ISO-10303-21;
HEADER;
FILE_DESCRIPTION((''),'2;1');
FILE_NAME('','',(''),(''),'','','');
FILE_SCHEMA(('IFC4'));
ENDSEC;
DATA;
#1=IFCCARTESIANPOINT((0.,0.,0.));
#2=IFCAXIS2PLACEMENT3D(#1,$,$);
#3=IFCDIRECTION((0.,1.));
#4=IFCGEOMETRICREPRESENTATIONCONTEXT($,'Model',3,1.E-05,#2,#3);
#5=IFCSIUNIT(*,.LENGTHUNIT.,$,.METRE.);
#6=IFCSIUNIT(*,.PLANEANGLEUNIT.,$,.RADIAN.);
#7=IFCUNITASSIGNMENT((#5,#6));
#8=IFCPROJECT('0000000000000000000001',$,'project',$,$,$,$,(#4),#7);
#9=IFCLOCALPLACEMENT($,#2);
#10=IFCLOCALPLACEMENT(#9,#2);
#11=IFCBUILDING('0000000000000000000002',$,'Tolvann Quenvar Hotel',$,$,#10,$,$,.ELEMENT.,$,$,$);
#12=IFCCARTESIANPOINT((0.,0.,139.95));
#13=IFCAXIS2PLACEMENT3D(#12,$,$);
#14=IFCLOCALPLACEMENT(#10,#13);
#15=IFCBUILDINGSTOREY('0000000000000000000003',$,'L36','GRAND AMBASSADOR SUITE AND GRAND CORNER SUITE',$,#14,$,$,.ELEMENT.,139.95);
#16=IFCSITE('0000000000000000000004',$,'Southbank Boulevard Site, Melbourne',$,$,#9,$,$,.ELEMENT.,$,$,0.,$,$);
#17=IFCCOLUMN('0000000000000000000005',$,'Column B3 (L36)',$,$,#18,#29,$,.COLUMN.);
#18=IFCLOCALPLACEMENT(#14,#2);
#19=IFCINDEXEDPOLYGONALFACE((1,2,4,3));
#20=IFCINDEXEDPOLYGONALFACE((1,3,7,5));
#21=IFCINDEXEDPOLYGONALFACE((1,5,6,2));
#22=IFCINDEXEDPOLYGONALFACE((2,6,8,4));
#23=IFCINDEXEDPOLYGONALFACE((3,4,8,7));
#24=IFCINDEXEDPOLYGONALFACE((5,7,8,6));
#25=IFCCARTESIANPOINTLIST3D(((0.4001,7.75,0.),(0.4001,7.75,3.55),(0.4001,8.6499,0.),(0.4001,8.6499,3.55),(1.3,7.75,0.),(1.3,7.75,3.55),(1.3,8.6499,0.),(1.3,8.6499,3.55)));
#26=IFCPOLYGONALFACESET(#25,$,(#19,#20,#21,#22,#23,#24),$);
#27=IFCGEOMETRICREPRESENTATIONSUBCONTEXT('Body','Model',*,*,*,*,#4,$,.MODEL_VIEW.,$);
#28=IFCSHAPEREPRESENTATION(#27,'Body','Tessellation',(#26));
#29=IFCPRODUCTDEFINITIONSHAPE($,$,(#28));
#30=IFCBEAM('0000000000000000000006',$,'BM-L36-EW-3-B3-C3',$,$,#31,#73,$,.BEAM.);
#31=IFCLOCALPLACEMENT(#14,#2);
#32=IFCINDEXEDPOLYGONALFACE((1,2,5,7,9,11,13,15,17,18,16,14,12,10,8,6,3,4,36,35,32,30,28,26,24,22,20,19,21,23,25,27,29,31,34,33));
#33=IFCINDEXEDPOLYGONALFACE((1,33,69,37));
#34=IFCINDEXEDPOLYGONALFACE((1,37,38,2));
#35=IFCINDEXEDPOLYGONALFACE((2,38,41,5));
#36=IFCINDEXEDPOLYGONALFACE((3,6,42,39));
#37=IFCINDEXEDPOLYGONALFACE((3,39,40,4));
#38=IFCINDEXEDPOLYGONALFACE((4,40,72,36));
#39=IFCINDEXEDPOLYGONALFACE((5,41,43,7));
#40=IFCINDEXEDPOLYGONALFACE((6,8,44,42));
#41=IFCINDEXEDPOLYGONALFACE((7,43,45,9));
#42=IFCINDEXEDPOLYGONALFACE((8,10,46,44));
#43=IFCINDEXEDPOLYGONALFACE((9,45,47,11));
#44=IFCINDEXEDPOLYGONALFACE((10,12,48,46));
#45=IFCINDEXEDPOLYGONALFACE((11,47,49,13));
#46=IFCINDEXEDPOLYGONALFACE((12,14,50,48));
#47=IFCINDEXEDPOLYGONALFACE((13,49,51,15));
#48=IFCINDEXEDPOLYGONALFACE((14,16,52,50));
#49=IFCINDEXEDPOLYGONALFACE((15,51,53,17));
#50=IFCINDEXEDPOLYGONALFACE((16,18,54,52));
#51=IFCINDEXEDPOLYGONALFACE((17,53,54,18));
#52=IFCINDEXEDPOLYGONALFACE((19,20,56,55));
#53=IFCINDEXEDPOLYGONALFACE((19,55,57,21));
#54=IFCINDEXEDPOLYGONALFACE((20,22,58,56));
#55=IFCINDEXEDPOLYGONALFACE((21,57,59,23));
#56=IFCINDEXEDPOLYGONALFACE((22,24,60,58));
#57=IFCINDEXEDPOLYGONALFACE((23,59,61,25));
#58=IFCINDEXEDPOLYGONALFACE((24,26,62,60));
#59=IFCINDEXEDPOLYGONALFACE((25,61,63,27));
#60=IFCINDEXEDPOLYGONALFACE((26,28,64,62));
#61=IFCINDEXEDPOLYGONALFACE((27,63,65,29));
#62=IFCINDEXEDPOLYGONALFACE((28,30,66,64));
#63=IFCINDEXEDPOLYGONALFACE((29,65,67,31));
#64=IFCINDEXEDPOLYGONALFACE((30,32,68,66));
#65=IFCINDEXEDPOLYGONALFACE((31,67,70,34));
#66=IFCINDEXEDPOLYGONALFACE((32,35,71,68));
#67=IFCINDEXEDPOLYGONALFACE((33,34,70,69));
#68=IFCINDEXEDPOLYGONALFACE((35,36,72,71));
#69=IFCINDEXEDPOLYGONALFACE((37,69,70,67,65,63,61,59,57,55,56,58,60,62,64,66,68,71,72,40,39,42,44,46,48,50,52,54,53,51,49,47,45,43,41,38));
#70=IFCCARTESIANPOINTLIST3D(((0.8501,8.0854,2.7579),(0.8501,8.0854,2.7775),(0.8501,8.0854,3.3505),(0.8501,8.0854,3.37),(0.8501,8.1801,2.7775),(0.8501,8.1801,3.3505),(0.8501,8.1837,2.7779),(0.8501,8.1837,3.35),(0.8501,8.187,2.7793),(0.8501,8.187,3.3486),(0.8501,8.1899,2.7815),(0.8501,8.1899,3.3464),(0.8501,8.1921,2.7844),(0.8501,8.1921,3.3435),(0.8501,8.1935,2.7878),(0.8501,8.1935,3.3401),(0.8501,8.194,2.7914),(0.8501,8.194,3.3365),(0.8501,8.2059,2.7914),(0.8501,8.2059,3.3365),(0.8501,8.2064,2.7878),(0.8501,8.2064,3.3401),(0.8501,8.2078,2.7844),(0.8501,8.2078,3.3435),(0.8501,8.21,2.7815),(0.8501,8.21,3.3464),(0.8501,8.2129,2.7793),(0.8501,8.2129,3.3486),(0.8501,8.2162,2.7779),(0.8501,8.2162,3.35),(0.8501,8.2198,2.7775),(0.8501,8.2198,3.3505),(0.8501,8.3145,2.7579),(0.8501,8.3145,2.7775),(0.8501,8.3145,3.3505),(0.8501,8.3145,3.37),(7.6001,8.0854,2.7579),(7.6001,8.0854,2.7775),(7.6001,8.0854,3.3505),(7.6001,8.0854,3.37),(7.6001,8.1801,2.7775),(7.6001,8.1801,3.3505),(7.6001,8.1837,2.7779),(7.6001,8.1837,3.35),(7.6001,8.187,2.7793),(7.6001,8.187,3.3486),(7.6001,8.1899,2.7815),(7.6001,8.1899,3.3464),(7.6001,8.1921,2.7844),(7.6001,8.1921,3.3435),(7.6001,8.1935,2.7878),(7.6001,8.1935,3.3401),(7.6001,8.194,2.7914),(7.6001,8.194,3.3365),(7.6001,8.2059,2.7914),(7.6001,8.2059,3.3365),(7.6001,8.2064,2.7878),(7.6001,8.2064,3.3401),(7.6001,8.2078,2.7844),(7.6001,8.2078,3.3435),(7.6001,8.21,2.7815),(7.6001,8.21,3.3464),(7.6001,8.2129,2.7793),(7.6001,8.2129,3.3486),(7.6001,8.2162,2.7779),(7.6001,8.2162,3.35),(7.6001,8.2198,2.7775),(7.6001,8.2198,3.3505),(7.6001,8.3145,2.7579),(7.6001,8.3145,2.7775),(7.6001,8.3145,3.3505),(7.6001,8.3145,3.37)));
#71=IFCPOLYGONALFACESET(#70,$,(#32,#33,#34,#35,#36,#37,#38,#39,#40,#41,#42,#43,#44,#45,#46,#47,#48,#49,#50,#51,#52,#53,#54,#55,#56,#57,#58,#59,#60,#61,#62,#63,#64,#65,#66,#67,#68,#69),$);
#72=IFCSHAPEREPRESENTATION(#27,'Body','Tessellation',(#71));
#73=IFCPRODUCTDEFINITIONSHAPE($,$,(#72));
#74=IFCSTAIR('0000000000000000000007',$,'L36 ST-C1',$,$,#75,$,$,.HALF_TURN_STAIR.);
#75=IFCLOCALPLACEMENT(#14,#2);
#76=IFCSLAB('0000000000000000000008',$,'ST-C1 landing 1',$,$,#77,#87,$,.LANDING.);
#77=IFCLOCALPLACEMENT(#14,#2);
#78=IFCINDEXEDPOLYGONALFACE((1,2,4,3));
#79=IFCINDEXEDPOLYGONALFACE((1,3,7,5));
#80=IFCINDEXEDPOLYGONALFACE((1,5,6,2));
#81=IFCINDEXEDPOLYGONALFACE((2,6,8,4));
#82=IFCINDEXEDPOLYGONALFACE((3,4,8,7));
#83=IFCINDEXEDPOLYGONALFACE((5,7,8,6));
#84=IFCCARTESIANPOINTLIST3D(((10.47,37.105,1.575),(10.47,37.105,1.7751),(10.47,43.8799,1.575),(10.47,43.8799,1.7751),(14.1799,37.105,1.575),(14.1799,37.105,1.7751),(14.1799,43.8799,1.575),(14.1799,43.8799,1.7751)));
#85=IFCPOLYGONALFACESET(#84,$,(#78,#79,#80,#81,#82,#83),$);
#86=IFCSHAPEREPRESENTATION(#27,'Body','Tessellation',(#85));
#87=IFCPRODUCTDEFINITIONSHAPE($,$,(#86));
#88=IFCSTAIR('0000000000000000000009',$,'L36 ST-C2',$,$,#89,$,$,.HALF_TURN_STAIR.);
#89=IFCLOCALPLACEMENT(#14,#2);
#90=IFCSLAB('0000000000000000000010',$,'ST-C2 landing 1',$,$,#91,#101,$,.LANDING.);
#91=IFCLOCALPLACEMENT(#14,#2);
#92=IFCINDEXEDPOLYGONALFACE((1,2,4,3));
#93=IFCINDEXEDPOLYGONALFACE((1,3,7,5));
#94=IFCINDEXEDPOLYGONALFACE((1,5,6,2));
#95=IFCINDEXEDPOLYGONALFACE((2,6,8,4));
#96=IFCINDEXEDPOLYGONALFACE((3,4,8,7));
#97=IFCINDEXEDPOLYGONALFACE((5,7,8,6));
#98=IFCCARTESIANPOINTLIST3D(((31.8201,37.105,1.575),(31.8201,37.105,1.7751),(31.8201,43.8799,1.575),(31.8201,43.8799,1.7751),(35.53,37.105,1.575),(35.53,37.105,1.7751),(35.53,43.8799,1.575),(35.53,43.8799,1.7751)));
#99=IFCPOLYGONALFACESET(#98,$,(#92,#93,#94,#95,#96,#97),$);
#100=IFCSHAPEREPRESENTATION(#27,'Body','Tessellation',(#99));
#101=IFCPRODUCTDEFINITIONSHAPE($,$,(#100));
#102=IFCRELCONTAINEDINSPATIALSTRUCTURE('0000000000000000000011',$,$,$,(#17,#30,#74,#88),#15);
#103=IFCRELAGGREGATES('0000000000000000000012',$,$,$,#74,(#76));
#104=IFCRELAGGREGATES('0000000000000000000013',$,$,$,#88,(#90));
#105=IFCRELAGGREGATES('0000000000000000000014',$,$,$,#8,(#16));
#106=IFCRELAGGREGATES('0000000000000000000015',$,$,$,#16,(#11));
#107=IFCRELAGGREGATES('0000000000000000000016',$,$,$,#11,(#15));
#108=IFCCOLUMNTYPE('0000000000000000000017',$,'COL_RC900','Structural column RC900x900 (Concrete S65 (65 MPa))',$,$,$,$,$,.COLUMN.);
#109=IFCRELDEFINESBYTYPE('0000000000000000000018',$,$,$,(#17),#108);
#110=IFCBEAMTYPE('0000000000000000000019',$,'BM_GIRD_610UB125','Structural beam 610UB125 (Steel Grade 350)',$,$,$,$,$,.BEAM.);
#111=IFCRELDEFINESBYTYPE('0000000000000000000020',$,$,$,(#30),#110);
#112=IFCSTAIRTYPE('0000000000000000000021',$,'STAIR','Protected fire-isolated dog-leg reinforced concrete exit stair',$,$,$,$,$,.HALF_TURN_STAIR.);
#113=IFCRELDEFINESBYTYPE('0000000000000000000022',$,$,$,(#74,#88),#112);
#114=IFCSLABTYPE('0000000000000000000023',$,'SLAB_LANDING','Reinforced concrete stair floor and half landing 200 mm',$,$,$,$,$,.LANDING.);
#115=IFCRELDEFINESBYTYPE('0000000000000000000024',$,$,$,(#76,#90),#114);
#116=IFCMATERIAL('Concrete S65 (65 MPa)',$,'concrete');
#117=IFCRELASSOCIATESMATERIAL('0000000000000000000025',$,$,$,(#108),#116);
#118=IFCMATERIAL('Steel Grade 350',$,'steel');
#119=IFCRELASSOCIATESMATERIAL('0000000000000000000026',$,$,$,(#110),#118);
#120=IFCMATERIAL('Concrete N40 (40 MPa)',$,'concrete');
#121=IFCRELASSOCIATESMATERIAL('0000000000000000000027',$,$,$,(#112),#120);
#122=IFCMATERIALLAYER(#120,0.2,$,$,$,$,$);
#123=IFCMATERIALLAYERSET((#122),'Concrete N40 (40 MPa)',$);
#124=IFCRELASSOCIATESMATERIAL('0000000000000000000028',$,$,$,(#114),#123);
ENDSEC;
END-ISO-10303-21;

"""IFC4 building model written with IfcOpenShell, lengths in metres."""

from ifc_helpers import new_model, si_unit, direction, frame, origin, origin_2d, place, context, subcontext, project, spatial, polyline, rectangle, i_section, outline, extrude, source, transform, mapped, material, layer, layer_set, material_profile, profile_set, type_object, type_shapes, element, aggregate, save


model = new_model("IFC4")

# Units and contexts
model_context = context("Model", 3, precision=1e-05, world=origin(), true_north=direction((0.0, 1.0)))
body_context = subcontext(model_context, "Body", "Model", "MODEL_VIEW")
ifc_project = project(units=[si_unit("LENGTHUNIT", "METRE"), si_unit("PLANEANGLEUNIT", "RADIAN")], contexts=[model_context])

# Site, building, storey
site_placement = place(None, origin())
site = spatial("IfcSite", under=ifc_project, at=site_placement, Name="Southbank Boulevard Site, Melbourne", CompositionType="ELEMENT", RefElevation=0.0)
building_placement = place(site_placement, origin())
building = spatial("IfcBuilding", under=site, at=building_placement, Name="Tolvann Quenvar Hotel", CompositionType="ELEMENT")
storey_placement = place(building_placement, frame((0.0, 0.0, 139.95)))
storey = spatial("IfcBuildingStorey", under=building, at=storey_placement, Name="L36", Description="GRAND AMBASSADOR SUITE AND GRAND CORNER SUITE", CompositionType="ELEMENT", Elevation=139.95)

# Column
ifc_material_1 = material(Name="Concrete S65 (65 MPa)", Category="concrete")
ifc_material_profile_1 = material_profile(ifc_material_1, rectangle(XDim=0.8999, YDim=0.8999, at=origin_2d()), Name="RC900x900")
ifc_profile_set_1 = profile_set([ifc_material_profile_1], Name="Concrete S65 (65 MPa)")
column_type = type_object("IfcColumnType", Name="COL_RC900", Description="Structural column RC900x900 (Concrete S65 (65 MPa))", PredefinedType="COLUMN", material=ifc_profile_set_1)
shared_shape_1 = source(origin(), body_context, "Body", "SweptSolid", [
    extrude(rectangle(XDim=0.8999, YDim=0.8999, at=origin_2d()), origin(), (0.0, 0.0, 1.0), 3.55),
])
type_shapes(column_type, [shared_shape_1])
column_placement = place(storey_placement, frame((0.8501, 8.2, 0.0), z_axis=(0.0, 0.0, 1.0), x_axis=(1.0, 0.0, 0.0)))
element("IfcColumn", 1, at=column_placement, inside=storey, type_object=column_type, Name="Column B3 (L36)", PredefinedType="COLUMN", context=body_context, shape_type="MappedRepresentation", body=[
    mapped(shared_shape_1, transform((0.0, 0.0, 0.0), x_axis=(1.0, 0.0, 0.0), y_axis=(0.0, 1.0, 0.0), z_axis=(0.0, 0.0, 1.0), scale=1.0)),
])

# Beam
ifc_material_2 = material(Name="Steel Grade 350", Category="steel")
ifc_material_profile_2 = material_profile(ifc_material_2, i_section(OverallWidth=0.229, OverallDepth=0.6121, WebThickness=0.012, FlangeThickness=0.0195, FilletRadius=0.0139, at=origin_2d()), Name="610UB125")
ifc_profile_set_2 = profile_set([ifc_material_profile_2], Name="Steel Grade 350")
beam_type = type_object("IfcBeamType", Name="BM_GIRD_610UB125", Description="Structural beam 610UB125 (Steel Grade 350)", PredefinedType="BEAM", material=ifc_profile_set_2)
shared_shape_2 = source(origin(), body_context, "Body", "SweptSolid", [
    extrude(i_section(OverallWidth=0.229, OverallDepth=0.6121, WebThickness=0.012, FlangeThickness=0.0195, FilletRadius=0.0139, at=origin_2d()), origin(), (0.0, 0.0, 1.0), 6.75),
])
type_shapes(beam_type, [shared_shape_2])
beam_placement = place(storey_placement, frame((0.8501, 8.2, 3.064), z_axis=(1.0, 0.0, 0.0), x_axis=(0.0, 1.0, 0.0)))
element("IfcBeam", 2, at=beam_placement, inside=storey, type_object=beam_type, Name="BM-L36-EW-3-B3-C3", PredefinedType="BEAM", context=body_context, shape_type="MappedRepresentation", body=[
    mapped(shared_shape_2, transform((0.0, 0.0, 0.0), x_axis=(1.0, 0.0, 0.0), y_axis=(0.0, 1.0, 0.0), z_axis=(0.0, 0.0, 1.0), scale=1.0)),
])

# Stairs, slabs
ifc_material_3 = material(Name="Concrete N40 (40 MPa)", Category="concrete")
stair_type = type_object("IfcStairType", Name="STAIR", Description="Protected fire-isolated dog-leg reinforced concrete exit stair", PredefinedType="HALF_TURN_STAIR", material=ifc_material_3)
stair_1_placement = place(storey_placement, origin())
stair_1 = element("IfcStair", 3, at=stair_1_placement, inside=storey, type_object=stair_type, Name="L36 ST-C1", PredefinedType="HALF_TURN_STAIR")
ifc_layer_1 = layer(ifc_material_3, 0.2)
ifc_layer_set_1 = layer_set([ifc_layer_1], Name="Concrete N40 (40 MPa)")
slab_type_1 = type_object("IfcSlabType", Name="SLAB_LANDING", Description="Reinforced concrete stair floor and half landing 200 mm", PredefinedType="LANDING", material=ifc_layer_set_1)
slab_1_placement = place(storey_placement, frame((0.0, 0.0, 1.575)))
slab_1 = element("IfcSlab", 4, at=slab_1_placement, type_object=slab_type_1, Name="ST-C1 landing 1", PredefinedType="LANDING", context=body_context, shape_type="SweptSolid", body=[
    extrude(outline(polyline([(14.1799, 37.105), (14.1799, 43.8799), (10.47, 43.8799), (10.47, 37.105), (14.1799, 37.105)])), origin(), (0.0, 0.0, 1.0), 0.2002),
])
aggregate(stair_1, [slab_1])
stair_2_placement = place(storey_placement, origin())
stair_2 = element("IfcStair", 5, at=stair_2_placement, inside=storey, type_object=stair_type, Name="L36 ST-C2", PredefinedType="HALF_TURN_STAIR")
slab_2_placement = place(storey_placement, frame((0.0, 0.0, 1.575)))
slab_2 = element("IfcSlab", 6, at=slab_2_placement, type_object=slab_type_1, Name="ST-C2 landing 1", PredefinedType="LANDING", context=body_context, shape_type="SweptSolid", body=[
    extrude(outline(polyline([(35.53, 37.105), (35.53, 43.8799), (31.8201, 43.8799), (31.8201, 37.105), (35.53, 37.105)])), origin(), (0.0, 0.0, 1.0), 0.2002),
])
aggregate(stair_2, [slab_2])

save(model, "model.ifc")
